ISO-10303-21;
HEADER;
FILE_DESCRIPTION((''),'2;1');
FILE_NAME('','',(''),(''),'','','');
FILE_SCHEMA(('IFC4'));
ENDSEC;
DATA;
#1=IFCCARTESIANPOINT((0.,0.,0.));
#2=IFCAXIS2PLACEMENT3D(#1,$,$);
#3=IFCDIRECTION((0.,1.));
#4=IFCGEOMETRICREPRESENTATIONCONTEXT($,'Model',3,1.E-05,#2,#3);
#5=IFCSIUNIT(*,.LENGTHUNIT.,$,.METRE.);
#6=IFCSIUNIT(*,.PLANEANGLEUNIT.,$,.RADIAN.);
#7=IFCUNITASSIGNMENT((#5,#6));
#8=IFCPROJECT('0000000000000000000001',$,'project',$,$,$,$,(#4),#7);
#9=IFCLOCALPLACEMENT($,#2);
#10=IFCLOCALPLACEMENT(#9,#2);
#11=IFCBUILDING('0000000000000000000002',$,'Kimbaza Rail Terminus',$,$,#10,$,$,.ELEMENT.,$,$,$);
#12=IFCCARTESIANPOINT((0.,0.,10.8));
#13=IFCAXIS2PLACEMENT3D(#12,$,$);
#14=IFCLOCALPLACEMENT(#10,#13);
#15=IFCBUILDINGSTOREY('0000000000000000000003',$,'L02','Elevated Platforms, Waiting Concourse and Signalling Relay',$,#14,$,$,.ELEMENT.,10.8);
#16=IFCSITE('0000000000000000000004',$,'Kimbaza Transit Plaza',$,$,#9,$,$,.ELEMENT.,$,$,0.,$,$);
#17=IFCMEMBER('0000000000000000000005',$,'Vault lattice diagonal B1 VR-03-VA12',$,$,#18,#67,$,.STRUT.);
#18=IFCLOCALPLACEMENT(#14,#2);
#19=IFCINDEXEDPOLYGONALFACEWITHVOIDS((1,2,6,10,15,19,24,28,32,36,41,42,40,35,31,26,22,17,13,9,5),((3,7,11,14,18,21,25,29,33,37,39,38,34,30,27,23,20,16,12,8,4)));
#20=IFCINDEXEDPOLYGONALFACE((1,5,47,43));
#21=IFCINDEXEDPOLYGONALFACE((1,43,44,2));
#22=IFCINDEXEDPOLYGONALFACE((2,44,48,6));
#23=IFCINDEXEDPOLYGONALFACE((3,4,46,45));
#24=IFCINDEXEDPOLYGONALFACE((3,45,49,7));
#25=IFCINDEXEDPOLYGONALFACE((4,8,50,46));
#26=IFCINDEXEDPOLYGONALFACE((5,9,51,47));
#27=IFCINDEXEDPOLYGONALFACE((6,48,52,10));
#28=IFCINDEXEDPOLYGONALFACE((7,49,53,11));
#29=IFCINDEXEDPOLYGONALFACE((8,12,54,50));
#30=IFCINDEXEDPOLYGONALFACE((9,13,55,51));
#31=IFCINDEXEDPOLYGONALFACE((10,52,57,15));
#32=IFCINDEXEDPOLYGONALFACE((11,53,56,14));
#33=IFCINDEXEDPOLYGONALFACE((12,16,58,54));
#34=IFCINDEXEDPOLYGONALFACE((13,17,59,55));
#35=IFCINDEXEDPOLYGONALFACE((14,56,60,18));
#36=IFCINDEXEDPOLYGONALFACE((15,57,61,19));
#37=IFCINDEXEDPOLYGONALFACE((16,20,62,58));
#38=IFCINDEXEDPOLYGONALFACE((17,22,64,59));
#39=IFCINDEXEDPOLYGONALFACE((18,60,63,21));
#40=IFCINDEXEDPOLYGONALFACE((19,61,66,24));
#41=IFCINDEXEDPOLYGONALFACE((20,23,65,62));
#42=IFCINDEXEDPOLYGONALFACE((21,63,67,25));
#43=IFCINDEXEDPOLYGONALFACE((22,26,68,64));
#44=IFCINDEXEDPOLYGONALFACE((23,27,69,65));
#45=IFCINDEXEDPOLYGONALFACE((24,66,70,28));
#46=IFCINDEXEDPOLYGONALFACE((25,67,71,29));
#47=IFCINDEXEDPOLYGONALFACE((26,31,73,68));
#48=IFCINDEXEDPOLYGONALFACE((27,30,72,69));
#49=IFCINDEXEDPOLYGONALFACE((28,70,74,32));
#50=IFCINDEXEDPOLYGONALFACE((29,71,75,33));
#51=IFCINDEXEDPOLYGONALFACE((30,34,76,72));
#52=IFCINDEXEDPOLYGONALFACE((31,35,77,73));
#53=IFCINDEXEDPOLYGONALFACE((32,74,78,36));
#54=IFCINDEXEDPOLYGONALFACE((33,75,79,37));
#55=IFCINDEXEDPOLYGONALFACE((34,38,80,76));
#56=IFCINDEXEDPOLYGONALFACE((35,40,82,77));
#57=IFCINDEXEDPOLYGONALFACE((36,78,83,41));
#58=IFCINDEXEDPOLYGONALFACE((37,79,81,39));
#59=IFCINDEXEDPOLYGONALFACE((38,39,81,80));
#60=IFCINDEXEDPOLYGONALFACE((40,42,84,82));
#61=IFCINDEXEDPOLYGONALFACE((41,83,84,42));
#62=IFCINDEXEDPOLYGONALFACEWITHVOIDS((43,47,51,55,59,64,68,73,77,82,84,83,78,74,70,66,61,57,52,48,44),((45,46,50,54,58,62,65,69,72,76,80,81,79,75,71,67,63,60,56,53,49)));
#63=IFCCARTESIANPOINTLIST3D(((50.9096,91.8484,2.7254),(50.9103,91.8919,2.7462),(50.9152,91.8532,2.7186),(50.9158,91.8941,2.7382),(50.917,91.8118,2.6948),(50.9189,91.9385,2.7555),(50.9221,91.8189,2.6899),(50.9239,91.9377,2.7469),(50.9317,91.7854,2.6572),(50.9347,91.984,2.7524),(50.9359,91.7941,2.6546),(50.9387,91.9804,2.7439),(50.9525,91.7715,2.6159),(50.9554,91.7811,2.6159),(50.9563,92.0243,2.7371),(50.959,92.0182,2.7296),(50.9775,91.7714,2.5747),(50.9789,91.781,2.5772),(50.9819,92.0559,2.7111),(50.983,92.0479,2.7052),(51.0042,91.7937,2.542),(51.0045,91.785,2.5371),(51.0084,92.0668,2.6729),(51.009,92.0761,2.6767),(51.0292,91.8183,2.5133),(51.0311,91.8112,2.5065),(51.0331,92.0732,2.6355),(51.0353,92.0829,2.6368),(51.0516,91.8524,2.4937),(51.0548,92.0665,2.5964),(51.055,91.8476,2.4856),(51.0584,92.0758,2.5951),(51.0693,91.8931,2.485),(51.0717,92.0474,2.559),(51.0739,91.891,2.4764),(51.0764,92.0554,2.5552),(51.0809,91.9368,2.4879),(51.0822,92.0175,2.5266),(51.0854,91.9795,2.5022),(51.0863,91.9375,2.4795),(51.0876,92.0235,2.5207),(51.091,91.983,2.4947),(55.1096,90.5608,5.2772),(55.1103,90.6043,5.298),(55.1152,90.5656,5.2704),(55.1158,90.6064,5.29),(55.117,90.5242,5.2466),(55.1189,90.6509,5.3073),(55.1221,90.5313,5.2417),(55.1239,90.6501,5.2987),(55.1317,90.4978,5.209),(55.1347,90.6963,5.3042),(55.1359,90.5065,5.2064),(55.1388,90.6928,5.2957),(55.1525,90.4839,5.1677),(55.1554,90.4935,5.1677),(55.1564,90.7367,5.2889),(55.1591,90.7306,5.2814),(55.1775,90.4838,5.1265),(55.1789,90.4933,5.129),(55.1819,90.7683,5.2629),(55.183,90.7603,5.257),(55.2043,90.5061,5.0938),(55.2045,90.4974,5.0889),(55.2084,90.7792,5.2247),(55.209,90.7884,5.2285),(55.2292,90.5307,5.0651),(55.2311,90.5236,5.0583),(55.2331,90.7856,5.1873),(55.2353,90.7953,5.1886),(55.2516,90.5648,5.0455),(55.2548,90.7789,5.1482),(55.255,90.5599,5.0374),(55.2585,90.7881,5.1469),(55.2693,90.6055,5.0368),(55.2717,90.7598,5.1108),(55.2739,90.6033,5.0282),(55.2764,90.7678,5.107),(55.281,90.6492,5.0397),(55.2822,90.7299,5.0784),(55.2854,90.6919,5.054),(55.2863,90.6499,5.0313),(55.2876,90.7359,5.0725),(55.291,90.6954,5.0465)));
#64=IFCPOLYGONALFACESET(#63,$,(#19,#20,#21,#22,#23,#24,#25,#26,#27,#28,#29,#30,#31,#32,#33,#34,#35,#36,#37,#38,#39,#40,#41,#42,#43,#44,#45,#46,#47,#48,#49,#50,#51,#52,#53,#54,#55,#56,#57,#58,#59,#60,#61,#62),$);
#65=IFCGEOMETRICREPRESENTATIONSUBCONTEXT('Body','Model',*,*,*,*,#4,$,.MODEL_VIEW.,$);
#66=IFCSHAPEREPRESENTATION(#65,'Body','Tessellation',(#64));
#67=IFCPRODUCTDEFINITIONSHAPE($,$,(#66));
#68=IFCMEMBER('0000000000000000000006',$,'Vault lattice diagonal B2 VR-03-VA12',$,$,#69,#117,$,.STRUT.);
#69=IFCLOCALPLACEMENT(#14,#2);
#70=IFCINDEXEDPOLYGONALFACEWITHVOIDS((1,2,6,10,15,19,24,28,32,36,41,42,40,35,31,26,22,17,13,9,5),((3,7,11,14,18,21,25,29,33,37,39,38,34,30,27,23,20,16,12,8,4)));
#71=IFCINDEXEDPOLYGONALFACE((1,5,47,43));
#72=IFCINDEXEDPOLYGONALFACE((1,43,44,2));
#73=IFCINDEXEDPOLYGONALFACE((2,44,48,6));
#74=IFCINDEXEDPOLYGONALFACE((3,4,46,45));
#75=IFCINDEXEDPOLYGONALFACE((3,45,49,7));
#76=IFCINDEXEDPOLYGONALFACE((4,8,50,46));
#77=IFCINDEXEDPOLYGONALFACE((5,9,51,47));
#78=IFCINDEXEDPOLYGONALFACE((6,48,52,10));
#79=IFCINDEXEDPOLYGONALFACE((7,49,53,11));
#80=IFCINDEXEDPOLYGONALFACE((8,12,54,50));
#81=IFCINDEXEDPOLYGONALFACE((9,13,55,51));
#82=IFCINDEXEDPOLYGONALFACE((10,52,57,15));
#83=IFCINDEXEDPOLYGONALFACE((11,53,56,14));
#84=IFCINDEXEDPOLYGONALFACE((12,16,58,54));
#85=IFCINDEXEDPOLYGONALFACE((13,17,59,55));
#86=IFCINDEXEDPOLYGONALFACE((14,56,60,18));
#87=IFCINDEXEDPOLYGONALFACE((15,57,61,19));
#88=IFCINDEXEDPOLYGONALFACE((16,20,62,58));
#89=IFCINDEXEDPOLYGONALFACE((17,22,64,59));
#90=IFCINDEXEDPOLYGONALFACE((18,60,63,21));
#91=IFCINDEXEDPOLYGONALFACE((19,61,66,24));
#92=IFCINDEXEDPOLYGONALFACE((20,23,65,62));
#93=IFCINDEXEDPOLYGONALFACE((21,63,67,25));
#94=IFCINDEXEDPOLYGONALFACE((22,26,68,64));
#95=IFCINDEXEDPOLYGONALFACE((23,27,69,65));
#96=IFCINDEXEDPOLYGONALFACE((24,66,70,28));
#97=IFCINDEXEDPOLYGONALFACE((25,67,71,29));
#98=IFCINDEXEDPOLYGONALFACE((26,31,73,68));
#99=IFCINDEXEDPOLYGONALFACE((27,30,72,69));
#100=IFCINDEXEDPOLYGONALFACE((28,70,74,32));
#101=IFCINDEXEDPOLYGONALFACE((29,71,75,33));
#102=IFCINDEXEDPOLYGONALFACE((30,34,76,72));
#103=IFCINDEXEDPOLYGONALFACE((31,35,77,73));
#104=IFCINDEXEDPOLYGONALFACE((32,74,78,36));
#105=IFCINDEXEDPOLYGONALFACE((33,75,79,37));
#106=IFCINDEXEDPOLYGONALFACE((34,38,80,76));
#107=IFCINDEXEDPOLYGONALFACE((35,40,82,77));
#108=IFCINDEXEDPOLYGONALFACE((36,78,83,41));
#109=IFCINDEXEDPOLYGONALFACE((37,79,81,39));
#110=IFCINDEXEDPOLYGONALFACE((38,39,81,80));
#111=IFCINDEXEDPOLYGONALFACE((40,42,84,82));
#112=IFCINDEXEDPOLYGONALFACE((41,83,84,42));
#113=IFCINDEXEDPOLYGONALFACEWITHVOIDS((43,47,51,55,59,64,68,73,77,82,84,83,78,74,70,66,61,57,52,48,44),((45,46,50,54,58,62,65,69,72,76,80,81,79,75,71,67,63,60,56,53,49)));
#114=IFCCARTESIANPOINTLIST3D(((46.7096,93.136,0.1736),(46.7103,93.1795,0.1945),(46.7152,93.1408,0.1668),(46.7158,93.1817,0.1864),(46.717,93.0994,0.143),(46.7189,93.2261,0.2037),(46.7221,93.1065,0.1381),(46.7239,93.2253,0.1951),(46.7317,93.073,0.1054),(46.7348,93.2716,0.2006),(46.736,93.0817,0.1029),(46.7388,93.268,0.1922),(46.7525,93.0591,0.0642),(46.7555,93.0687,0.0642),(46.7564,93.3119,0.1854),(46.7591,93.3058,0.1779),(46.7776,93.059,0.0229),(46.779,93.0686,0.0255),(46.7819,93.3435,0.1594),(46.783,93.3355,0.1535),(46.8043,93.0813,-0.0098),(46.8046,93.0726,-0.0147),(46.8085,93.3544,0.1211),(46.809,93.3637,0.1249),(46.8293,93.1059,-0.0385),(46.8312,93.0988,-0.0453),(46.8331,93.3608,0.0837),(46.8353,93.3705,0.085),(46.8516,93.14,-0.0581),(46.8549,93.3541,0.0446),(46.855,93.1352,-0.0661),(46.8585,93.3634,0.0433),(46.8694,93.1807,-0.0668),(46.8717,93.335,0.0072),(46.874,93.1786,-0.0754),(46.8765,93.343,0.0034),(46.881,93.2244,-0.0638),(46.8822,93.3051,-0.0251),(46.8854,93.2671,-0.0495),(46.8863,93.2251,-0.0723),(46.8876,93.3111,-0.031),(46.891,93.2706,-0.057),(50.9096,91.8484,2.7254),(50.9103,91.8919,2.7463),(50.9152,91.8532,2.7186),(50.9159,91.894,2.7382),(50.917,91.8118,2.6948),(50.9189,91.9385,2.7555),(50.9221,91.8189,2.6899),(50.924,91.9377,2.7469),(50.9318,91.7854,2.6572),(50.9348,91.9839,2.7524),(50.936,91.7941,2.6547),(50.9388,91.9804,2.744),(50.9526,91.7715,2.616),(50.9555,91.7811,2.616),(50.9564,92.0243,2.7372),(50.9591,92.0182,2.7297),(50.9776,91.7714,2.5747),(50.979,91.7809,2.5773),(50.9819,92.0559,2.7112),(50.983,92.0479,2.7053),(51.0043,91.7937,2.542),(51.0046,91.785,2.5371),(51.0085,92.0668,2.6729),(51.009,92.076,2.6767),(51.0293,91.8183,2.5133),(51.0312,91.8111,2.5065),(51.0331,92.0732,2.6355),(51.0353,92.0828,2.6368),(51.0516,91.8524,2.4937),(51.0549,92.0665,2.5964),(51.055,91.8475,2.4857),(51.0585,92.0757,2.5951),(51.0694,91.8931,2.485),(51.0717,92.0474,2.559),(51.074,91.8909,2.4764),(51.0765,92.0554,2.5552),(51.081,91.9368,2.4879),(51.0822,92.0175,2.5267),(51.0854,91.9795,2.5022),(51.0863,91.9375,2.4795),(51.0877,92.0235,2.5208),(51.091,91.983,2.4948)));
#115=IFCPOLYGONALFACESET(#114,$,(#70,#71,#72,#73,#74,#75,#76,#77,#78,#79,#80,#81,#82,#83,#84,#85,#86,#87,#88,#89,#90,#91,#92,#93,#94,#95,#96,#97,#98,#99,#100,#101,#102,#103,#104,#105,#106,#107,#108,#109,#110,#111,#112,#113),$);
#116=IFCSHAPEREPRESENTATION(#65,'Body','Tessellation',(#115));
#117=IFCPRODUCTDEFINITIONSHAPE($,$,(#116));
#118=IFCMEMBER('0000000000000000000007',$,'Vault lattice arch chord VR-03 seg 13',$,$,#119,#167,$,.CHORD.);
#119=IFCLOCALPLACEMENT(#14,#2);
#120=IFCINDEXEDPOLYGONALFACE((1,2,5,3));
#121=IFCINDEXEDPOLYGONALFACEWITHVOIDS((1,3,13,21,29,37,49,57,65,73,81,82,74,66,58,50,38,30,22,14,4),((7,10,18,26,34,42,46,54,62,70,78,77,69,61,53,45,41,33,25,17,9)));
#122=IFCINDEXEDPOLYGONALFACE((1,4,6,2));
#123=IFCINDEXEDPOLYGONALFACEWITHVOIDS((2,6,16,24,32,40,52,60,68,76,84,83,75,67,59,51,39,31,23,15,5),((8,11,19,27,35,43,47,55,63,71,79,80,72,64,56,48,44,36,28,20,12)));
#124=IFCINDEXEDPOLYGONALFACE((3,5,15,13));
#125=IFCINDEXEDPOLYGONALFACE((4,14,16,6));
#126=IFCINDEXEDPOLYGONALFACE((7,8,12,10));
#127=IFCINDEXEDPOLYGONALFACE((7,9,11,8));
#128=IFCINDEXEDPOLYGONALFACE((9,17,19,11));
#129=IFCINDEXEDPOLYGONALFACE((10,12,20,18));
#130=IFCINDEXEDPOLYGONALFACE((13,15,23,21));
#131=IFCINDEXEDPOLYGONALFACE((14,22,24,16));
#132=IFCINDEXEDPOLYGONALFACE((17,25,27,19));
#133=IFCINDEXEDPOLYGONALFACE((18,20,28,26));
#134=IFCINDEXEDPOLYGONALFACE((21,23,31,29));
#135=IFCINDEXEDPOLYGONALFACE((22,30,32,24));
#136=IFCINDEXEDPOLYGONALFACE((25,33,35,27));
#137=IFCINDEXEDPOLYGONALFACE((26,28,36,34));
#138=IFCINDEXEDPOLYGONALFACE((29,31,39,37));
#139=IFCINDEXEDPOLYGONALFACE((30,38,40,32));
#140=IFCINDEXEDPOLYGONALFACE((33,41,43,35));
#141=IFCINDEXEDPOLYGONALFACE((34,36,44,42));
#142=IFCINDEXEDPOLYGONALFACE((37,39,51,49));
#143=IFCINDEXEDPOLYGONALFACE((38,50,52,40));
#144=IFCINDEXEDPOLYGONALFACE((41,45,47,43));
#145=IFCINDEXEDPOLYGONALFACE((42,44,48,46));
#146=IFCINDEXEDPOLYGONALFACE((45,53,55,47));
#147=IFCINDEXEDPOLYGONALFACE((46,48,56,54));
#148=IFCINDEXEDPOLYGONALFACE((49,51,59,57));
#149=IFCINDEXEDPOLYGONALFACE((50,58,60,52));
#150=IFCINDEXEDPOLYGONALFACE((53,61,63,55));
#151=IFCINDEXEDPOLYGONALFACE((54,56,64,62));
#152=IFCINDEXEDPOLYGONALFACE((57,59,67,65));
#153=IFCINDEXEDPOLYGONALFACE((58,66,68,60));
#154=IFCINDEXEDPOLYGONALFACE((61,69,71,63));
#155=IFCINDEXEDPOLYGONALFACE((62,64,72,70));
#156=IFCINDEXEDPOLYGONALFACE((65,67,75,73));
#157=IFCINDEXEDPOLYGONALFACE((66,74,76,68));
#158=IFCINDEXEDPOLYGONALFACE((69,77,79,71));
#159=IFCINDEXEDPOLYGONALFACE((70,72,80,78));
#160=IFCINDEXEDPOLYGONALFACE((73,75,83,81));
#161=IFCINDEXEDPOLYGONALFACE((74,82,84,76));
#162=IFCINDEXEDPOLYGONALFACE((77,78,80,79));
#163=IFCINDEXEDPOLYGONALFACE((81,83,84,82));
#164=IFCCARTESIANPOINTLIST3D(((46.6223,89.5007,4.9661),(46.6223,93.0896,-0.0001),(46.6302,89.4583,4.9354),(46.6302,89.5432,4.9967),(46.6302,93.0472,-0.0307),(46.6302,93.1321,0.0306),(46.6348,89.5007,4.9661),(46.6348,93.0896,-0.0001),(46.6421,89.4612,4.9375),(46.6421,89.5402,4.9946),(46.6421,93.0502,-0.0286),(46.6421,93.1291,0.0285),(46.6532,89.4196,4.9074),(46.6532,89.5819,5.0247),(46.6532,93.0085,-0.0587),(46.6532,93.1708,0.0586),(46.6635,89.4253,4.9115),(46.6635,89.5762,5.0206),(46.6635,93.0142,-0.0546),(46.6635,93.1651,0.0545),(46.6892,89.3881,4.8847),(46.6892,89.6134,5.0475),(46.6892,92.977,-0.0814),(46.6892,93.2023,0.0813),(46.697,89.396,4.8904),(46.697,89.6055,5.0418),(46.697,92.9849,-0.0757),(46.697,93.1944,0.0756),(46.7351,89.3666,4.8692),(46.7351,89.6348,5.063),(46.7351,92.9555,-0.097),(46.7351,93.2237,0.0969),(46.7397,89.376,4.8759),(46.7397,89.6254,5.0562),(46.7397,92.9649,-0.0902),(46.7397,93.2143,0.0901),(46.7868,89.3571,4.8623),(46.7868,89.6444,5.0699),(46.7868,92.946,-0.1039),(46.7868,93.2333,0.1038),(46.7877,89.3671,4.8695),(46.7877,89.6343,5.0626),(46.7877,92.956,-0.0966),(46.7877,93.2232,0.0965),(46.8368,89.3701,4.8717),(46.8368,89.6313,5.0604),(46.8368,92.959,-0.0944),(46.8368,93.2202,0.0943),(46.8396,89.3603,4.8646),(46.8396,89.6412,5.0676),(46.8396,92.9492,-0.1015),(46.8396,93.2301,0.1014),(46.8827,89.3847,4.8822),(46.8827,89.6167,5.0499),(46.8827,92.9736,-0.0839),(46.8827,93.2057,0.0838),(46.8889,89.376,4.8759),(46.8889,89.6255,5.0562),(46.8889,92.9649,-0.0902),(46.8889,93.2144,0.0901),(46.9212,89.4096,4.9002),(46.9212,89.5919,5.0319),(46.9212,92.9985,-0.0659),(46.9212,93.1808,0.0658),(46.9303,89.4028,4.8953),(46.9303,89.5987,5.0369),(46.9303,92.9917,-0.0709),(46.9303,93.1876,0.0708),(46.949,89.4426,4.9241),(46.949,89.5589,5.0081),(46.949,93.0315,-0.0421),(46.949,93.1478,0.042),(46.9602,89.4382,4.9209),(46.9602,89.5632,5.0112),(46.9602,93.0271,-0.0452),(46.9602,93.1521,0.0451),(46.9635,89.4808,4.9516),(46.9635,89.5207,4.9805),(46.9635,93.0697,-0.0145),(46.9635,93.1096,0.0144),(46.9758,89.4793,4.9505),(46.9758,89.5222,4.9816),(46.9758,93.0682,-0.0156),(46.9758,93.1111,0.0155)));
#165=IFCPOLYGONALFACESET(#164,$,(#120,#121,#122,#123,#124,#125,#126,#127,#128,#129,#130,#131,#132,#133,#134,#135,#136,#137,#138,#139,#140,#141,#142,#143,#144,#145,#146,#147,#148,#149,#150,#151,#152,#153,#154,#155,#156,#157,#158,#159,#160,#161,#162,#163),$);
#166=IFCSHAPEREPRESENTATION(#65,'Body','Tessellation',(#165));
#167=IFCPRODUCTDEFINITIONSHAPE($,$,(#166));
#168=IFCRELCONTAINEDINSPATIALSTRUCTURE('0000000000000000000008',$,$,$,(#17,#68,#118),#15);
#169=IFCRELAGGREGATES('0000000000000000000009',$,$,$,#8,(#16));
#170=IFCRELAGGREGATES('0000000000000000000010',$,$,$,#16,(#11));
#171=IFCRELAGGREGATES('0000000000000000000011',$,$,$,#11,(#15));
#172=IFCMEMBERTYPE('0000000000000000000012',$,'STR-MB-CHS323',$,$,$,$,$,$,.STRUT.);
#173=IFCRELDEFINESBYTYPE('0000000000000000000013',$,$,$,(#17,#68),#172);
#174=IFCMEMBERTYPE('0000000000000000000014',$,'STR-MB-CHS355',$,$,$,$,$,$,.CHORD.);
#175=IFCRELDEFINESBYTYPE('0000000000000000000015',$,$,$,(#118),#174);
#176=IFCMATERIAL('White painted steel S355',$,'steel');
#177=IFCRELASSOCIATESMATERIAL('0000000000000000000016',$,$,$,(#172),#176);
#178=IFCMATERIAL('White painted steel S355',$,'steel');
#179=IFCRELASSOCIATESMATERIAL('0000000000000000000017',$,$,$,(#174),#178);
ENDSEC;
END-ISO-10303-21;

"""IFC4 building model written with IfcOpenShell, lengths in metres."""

from ifc_helpers import new_model, si_unit, direction, frame, origin, origin_2d, place, context, subcontext, project, spatial, hollow_circle, extrude, material, material_profile, profile_set, type_object, element, save


model = new_model("IFC4")

# Units and contexts
model_context = context("Model", 3, precision=1e-05, world=origin(), true_north=direction((0.0, 1.0)))
body_context = subcontext(model_context, "Body", "Model", "MODEL_VIEW")
ifc_project = project(units=[si_unit("LENGTHUNIT", "METRE"), si_unit("PLANEANGLEUNIT", "RADIAN")], contexts=[model_context])

# Site, building, storey
site_placement = place(None, origin())
site = spatial("IfcSite", under=ifc_project, at=site_placement, Name="Kimbaza Transit Plaza", CompositionType="ELEMENT", RefElevation=0.0)
building_placement = place(site_placement, origin())
building = spatial("IfcBuilding", under=site, at=building_placement, Name="Kimbaza Rail Terminus", CompositionType="ELEMENT")
storey_placement = place(building_placement, frame((0.0, 0.0, 10.8)))
storey = spatial("IfcBuildingStorey", under=building, at=storey_placement, Name="L02", Description="Elevated Platforms, Waiting Concourse and Signalling Relay", CompositionType="ELEMENT", Elevation=10.8)

# Members
ifc_material_1 = material(Name="White painted steel S355", Category="steel")
ifc_material_profile_1 = material_profile(ifc_material_1, hollow_circle(Radius=0.1619, WallThickness=0.01, at=origin_2d()), Name="CHS 323.9x10")
ifc_profile_set_1 = profile_set([ifc_material_profile_1], Name="White painted steel S355")
member_type_1 = type_object("IfcMemberType", Name="STR-MB-CHS323", PredefinedType="STRUT", material=ifc_profile_set_1)
for number, where, z_axis, x_axis, name in (
    (1, (55.2, 90.6387, 5.1677), (-0.826721, 0.253452, -0.50229), (-0.293109, -0.956079, 0.0), "Vault lattice diagonal B1 VR-03-VA12"),
    (2, (51.0, 91.9263, 2.616), (-0.826721, 0.253452, -0.50229), (-0.293109, -0.956079, 0.0), "Vault lattice diagonal B2 VR-03-VA12"),
):
    element("IfcMember", number, at=place(storey_placement, frame(where, z_axis=z_axis, x_axis=x_axis)), inside=storey, type_object=member_type_1, Name=name, PredefinedType="STRUT", context=body_context, shape_type="SweptSolid", body=[
        extrude(hollow_circle(Radius=0.1619, WallThickness=0.01, at=origin_2d()), origin(), (0.0, 0.0, 1.0), 5.0803),
    ])
ifc_material_2 = material(Name="White painted steel S355", Category="steel")
ifc_material_profile_2 = material_profile(ifc_material_2, hollow_circle(Radius=0.1777, WallThickness=0.0125, at=origin_2d()), Name="CHS 355.6x12.5")
ifc_profile_set_2 = profile_set([ifc_material_profile_2], Name="White painted steel S355")
member_type_2 = type_object("IfcMemberType", Name="STR-MB-CHS355", PredefinedType="CHORD", material=ifc_profile_set_2)
member_1_placement = place(storey_placement, frame((46.8, 89.5007, 4.9661), z_axis=(0.0, 0.585733, -0.810504), x_axis=(-1.0, 0.0, 0.0)))
element("IfcMember", 3, at=member_1_placement, inside=storey, type_object=member_type_2, Name="Vault lattice arch chord VR-03 seg 13", PredefinedType="CHORD", context=body_context, shape_type="SweptSolid", body=[
    extrude(hollow_circle(Radius=0.1777, WallThickness=0.0125, at=origin_2d()), origin(), (0.0, 0.0, 1.0), 6.1272),
])

save(model, "model.ifc")
